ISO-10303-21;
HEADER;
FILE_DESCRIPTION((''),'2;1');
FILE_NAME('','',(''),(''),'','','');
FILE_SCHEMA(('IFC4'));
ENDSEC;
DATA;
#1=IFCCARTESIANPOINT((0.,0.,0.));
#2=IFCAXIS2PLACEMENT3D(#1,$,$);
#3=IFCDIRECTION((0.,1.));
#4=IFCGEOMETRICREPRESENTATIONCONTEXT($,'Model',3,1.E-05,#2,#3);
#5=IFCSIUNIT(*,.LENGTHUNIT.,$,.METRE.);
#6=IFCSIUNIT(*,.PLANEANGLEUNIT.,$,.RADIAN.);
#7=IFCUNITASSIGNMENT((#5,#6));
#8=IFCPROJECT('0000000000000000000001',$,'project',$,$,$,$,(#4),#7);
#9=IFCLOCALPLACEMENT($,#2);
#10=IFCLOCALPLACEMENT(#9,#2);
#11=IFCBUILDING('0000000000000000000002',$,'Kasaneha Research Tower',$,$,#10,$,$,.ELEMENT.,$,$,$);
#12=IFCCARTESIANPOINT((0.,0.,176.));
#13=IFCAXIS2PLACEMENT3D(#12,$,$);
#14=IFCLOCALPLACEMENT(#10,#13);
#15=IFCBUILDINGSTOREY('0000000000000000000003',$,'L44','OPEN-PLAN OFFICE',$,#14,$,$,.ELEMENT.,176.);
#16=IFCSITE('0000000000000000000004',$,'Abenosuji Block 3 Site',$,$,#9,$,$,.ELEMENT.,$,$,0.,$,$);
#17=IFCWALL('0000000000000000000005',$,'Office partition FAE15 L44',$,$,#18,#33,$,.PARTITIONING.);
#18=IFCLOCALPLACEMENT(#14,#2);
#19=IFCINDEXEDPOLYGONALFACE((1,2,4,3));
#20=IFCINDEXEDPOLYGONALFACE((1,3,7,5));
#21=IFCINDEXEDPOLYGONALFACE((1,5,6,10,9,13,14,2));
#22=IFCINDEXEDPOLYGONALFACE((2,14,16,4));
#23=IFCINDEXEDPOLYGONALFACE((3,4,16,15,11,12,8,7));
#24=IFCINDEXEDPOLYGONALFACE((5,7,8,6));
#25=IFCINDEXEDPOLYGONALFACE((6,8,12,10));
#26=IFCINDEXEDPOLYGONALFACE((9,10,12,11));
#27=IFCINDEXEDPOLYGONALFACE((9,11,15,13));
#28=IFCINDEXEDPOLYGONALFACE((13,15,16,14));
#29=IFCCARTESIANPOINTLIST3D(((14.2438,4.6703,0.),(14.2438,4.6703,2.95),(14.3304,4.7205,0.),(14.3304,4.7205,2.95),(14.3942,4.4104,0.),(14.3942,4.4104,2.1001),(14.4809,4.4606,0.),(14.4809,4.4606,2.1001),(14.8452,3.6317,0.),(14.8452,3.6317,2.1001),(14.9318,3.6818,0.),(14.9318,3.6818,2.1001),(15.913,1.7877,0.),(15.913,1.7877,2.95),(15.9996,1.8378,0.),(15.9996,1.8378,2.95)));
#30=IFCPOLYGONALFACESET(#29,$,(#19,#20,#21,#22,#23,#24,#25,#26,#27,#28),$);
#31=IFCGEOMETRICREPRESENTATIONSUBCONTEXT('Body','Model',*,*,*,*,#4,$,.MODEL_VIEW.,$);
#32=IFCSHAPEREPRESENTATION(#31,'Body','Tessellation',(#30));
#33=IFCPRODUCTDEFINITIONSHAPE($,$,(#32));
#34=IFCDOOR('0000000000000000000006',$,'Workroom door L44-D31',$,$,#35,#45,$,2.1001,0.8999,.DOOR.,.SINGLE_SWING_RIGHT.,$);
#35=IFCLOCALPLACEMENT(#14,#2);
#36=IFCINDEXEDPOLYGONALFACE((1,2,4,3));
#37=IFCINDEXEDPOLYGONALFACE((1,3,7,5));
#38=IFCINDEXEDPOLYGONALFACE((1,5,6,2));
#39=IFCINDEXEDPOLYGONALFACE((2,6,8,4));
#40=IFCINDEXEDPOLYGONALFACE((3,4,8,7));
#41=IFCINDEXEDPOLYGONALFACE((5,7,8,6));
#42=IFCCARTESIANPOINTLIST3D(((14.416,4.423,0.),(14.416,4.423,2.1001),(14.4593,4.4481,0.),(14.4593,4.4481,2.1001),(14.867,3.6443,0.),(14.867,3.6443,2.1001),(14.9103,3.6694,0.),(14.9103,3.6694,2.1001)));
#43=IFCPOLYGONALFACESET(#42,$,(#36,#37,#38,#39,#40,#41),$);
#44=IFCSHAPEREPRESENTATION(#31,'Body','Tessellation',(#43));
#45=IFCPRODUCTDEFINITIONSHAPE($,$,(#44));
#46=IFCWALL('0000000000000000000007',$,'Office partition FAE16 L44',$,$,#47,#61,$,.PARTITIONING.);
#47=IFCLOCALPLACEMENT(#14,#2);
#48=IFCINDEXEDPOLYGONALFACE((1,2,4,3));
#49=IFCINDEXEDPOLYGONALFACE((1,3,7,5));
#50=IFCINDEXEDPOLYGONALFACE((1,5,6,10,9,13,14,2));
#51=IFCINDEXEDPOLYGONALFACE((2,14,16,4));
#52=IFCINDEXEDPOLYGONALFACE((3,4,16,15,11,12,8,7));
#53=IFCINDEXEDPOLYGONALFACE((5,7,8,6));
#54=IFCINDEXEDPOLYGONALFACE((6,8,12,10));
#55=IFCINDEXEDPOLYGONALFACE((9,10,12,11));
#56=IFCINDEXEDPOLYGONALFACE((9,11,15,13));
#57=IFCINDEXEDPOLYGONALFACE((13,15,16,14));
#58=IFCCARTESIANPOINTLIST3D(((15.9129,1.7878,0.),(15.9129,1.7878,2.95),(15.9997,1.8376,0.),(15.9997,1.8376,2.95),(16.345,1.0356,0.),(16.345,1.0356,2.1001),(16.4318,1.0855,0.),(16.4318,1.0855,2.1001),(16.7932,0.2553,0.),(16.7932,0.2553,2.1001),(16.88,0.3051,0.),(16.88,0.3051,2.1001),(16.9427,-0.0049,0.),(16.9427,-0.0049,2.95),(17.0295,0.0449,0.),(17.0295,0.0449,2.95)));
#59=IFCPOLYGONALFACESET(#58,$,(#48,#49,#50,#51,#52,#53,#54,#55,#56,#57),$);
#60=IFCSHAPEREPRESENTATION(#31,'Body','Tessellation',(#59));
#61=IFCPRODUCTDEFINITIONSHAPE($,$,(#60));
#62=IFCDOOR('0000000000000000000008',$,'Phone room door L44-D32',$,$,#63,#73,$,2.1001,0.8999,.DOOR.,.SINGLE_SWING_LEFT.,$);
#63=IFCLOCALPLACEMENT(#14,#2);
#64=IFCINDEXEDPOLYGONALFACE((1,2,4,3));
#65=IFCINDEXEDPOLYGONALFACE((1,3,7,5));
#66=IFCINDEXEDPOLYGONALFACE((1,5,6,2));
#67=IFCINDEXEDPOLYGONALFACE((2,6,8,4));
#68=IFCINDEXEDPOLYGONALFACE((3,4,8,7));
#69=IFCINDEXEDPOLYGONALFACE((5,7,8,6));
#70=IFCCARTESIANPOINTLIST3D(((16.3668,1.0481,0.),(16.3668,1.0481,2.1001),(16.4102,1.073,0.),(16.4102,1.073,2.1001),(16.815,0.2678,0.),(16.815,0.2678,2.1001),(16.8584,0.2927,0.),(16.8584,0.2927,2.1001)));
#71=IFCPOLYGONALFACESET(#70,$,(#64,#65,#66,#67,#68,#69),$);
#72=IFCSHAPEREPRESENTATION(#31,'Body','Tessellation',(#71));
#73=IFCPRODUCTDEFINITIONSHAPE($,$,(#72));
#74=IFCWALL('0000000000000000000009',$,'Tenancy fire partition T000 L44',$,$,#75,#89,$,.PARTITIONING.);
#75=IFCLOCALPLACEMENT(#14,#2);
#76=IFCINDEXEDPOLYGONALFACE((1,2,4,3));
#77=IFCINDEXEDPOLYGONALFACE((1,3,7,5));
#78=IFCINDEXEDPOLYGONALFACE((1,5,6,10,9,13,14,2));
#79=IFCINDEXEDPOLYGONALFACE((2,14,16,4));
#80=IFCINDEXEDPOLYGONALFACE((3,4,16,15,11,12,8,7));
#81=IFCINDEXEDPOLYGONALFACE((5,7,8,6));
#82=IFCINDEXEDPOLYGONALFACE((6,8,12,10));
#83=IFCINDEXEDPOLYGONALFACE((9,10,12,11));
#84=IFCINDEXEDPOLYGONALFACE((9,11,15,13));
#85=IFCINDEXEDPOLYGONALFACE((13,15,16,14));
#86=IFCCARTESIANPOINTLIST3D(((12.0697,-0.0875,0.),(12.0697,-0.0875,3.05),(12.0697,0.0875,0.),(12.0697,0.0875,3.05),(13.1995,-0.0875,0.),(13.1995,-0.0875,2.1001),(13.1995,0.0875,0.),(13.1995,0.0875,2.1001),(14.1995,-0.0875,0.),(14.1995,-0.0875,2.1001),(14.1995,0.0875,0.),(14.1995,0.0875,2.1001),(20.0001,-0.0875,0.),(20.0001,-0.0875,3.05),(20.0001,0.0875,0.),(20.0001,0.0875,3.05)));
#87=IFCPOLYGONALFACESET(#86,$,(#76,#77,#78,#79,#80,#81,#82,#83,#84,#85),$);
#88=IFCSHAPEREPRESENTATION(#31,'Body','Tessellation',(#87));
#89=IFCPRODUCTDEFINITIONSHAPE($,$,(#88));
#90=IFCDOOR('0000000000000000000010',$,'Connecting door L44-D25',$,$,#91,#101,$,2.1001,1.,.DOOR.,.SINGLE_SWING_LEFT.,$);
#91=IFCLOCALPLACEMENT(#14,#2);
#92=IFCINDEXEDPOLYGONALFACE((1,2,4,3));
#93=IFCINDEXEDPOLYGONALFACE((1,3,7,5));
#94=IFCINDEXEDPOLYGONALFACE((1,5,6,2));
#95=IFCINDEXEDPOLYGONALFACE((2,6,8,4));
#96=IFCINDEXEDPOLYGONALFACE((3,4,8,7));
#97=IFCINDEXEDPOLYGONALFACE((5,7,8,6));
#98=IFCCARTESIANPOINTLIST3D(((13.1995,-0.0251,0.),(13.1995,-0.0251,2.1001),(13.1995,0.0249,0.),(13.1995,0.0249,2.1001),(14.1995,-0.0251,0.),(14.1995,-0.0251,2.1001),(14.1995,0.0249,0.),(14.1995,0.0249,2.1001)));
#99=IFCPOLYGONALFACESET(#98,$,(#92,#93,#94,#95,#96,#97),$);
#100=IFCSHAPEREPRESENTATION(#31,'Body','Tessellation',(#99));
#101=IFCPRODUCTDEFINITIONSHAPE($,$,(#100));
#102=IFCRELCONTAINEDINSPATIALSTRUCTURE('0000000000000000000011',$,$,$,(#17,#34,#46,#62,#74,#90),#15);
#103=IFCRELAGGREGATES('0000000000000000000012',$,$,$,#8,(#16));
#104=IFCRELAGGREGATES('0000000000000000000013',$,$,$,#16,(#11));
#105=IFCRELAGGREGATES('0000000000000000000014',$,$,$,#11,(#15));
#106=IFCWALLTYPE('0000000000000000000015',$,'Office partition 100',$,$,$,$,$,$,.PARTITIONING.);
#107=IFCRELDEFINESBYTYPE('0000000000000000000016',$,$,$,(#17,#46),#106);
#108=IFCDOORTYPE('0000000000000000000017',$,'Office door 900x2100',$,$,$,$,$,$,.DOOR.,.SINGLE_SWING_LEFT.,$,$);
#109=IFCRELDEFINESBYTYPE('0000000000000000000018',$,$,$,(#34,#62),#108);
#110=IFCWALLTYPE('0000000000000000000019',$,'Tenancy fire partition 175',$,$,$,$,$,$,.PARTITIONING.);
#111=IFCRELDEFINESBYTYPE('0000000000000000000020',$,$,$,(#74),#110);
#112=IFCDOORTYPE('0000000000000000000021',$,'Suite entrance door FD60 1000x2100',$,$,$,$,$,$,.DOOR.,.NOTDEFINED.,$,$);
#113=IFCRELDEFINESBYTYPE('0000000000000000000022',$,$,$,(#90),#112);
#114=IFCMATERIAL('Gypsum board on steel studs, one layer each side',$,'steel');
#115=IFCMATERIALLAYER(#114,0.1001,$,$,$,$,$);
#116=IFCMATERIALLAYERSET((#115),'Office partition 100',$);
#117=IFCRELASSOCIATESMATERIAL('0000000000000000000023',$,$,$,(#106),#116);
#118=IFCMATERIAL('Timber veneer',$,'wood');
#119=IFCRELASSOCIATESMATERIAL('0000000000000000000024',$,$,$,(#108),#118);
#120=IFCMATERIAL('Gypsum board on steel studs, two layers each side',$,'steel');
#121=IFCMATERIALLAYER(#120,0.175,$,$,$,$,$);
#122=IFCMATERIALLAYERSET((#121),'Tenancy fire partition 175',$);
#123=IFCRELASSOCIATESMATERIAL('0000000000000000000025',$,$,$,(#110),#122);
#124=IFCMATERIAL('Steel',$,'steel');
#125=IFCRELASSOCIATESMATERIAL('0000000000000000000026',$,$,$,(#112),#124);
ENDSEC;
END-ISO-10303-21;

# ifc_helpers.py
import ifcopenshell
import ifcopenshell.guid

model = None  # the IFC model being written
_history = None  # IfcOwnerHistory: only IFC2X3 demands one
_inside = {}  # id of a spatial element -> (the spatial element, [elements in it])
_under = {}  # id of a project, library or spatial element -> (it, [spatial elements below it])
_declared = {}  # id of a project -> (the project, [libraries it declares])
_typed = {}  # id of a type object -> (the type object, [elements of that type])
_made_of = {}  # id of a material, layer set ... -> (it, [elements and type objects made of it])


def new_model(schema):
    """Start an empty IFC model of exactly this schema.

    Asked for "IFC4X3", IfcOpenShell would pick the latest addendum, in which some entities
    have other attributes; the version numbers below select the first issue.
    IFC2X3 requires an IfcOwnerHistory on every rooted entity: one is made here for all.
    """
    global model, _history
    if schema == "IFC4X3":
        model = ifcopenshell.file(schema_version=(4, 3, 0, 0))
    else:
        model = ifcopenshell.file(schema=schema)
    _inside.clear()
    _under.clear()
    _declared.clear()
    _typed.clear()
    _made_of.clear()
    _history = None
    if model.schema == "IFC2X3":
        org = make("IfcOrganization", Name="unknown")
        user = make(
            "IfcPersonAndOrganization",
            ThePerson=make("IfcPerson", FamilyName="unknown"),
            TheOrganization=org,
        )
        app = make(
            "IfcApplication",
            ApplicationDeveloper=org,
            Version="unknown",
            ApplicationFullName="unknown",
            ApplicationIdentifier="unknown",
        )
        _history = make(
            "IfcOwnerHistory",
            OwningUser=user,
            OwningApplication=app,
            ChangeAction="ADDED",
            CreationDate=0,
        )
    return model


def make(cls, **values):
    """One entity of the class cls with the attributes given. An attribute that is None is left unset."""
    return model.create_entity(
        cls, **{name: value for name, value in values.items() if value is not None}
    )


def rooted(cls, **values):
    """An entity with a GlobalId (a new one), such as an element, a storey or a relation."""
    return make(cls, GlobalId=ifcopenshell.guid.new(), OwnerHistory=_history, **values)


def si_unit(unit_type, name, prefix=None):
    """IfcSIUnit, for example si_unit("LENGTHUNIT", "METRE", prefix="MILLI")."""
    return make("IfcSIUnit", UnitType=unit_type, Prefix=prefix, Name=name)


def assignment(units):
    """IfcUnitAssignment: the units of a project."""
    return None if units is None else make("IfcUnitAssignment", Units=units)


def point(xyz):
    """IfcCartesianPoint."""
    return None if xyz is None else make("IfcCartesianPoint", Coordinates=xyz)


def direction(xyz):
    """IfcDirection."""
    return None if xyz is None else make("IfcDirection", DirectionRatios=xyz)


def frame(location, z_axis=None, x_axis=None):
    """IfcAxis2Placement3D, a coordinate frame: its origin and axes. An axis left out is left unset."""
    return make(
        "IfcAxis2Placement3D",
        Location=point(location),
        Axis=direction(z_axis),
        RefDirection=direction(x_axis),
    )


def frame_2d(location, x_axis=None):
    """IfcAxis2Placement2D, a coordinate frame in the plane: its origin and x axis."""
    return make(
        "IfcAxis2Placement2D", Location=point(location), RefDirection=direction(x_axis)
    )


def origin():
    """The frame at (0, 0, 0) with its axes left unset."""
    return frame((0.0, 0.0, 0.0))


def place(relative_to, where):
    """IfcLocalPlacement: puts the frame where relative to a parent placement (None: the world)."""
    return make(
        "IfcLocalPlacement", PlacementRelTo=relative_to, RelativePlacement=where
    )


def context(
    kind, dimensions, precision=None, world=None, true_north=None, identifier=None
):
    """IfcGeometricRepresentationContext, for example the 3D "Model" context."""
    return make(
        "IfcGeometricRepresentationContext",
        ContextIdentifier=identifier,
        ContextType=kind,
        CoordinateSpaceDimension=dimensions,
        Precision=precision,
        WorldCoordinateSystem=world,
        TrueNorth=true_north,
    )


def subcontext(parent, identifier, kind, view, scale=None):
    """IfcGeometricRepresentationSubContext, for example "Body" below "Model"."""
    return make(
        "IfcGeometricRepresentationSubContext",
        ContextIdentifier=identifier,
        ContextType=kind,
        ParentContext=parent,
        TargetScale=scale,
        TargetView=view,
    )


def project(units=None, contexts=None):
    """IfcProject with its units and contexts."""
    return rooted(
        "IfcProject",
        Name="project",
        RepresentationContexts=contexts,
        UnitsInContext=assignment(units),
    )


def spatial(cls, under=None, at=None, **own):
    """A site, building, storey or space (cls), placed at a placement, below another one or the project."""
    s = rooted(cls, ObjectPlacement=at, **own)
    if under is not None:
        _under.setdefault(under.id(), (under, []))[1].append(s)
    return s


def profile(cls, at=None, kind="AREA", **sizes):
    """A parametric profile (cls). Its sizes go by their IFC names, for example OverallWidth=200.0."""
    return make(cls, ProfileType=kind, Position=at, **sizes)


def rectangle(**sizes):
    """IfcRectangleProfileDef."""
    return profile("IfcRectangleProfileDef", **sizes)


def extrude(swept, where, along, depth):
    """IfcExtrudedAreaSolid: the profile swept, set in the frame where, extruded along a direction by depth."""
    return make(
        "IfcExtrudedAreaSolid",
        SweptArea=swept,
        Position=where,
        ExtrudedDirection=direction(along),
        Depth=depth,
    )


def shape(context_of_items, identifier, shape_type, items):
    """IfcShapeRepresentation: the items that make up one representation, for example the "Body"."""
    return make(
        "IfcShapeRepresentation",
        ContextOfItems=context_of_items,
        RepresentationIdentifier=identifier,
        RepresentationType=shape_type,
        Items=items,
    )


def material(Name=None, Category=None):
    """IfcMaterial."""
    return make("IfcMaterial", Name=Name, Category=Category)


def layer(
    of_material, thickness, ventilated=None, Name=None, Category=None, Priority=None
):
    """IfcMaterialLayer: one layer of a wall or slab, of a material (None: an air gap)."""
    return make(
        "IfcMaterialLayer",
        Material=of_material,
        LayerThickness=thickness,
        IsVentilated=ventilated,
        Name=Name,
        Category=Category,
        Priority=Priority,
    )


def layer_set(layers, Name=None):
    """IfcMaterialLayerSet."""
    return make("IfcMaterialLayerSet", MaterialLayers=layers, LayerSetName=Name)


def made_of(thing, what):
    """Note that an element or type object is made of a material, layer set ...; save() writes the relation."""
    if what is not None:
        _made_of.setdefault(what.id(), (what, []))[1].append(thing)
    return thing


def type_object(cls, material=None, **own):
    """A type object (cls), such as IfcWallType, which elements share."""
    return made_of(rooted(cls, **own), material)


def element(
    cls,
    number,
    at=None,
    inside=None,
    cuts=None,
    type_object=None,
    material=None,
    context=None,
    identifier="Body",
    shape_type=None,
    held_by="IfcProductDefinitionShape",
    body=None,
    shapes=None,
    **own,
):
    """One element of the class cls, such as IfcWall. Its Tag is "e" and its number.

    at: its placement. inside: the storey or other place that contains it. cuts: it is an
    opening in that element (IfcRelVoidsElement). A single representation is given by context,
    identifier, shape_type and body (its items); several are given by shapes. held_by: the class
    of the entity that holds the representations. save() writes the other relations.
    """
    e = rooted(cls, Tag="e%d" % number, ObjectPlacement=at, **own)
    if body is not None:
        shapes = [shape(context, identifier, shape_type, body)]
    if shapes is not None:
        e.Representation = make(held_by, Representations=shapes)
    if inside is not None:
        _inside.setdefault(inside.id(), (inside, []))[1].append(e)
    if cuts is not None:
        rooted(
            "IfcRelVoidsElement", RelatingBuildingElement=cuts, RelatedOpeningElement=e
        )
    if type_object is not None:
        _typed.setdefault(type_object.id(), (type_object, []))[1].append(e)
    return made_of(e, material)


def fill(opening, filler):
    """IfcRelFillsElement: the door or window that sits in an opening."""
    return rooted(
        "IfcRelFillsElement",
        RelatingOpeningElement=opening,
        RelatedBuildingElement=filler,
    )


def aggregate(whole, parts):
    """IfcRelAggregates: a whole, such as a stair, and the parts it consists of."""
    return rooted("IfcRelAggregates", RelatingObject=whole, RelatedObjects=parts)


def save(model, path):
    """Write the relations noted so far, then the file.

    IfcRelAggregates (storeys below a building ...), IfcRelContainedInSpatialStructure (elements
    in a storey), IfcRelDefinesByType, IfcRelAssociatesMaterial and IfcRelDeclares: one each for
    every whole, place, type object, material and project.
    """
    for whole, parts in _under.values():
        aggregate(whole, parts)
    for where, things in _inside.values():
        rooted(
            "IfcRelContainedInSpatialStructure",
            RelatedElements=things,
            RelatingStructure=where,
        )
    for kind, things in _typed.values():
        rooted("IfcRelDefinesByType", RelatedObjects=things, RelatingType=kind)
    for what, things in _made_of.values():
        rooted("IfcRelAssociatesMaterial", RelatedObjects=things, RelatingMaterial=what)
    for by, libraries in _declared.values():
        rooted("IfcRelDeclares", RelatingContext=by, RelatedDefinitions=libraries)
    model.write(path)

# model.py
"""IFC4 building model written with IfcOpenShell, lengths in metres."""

from ifc_helpers import new_model, si_unit, direction, frame, frame_2d, origin, place, context, subcontext, project, spatial, rectangle, extrude, material, layer, layer_set, type_object, element, fill, save


model = new_model("IFC4")

# Units and contexts
model_context = context("Model", 3, precision=1e-05, world=origin(), true_north=direction((0.0, 1.0)))
body_context = subcontext(model_context, "Body", "Model", "MODEL_VIEW")
ifc_project = project(units=[si_unit("LENGTHUNIT", "METRE"), si_unit("PLANEANGLEUNIT", "RADIAN")], contexts=[model_context])

# Site, building, storey
site_placement = place(None, origin())
site = spatial("IfcSite", under=ifc_project, at=site_placement, Name="Abenosuji Block 3 Site", CompositionType="ELEMENT", RefElevation=0.0)
building_placement = place(site_placement, origin())
building = spatial("IfcBuilding", under=site, at=building_placement, Name="Kasaneha Research Tower", CompositionType="ELEMENT")
storey_placement = place(building_placement, frame((0.0, 0.0, 176.0)))
storey = spatial("IfcBuildingStorey", under=building, at=storey_placement, Name="L44", Description="OPEN-PLAN OFFICE", CompositionType="ELEMENT", Elevation=176.0)

# Shared definitions
ifc_material_1 = material(Name="Gypsum board on steel studs, one layer each side", Category="steel")
ifc_layer_1 = layer(ifc_material_1, 0.1001)
ifc_layer_set_1 = layer_set([ifc_layer_1], Name="Office partition 100")
wall_type_1 = type_object("IfcWallType", Name="Office partition 100", PredefinedType="PARTITIONING", material=ifc_layer_set_1)

# Walls, openings, doors
wall_1_placement = place(storey_placement, frame((15.9563, 1.8127, 0.0), z_axis=(0.0, 0.0, 1.0), x_axis=(-0.501111, 0.865383, 0.0)))
wall_1 = element("IfcWall", 1, at=wall_1_placement, inside=storey, type_object=wall_type_1, Name="Office partition FAE15 L44", PredefinedType="PARTITIONING", context=body_context, shape_type="SweptSolid", body=[
    extrude(rectangle(XDim=3.3311, YDim=0.1001, at=frame_2d((1.6655, 0.0))), origin(), (0.0, 0.0, 1.0), 2.95),
])
opening_1_placement = place(wall_1_placement, frame((2.1309, 0.0, 0.0)))
opening_1 = element("IfcOpeningElement", 2, at=opening_1_placement, cuts=wall_1, PredefinedType="OPENING", context=body_context, shape_type="SweptSolid", body=[
    extrude(rectangle(XDim=0.8999, YDim=2.1001, at=frame_2d((0.45, 1.05))), frame((0.0, 0.0601, 0.0), z_axis=(0.0, -1.0, 0.0), x_axis=(1.0, 0.0, 0.0)), (0.0, 0.0, 1.0), 0.1201),
])
ifc_material_2 = material(Name="Timber veneer", Category="wood")
door_type_1 = type_object("IfcDoorType", Name="Office door 900x2100", OperationType="SINGLE_SWING_LEFT", PredefinedType="DOOR", material=ifc_material_2)
door_1_placement = place(opening_1_placement, origin())
door_1 = element("IfcDoor", 3, at=door_1_placement, inside=storey, type_object=door_type_1, Name="Workroom door L44-D31", OperationType="SINGLE_SWING_RIGHT", OverallHeight=2.1001, OverallWidth=0.8999, PredefinedType="DOOR", context=body_context, shape_type="SweptSolid", body=[
    extrude(rectangle(XDim=0.8999, YDim=2.1001, at=frame_2d((0.45, 1.05))), frame((0.0, 0.0249, 0.0), z_axis=(0.0, -1.0, 0.0), x_axis=(1.0, 0.0, 0.0)), (0.0, 0.0, 1.0), 0.05),
])
fill(opening_1, door_1)
wall_2_placement = place(storey_placement, frame((16.9861, 0.02, 0.0), z_axis=(0.0, 0.0, 1.0), x_axis=(-0.498096, 0.867122, 0.0)))
wall_2 = element("IfcWall", 4, at=wall_2_placement, inside=storey, type_object=wall_type_1, Name="Office partition FAE16 L44", PredefinedType="PARTITIONING", context=body_context, shape_type="SweptSolid", body=[
    extrude(rectangle(XDim=2.0674, YDim=0.1001, at=frame_2d((1.0337, 0.0))), origin(), (0.0, 0.0, 1.0), 2.95),
])
opening_2_placement = place(wall_2_placement, frame((0.3, 0.0, 0.0)))
opening_2 = element("IfcOpeningElement", 5, at=opening_2_placement, cuts=wall_2, PredefinedType="OPENING", context=body_context, shape_type="SweptSolid", body=[
    extrude(rectangle(XDim=0.8999, YDim=2.1001, at=frame_2d((0.45, 1.05))), frame((0.0, 0.0601, 0.0), z_axis=(0.0, -1.0, 0.0), x_axis=(1.0, 0.0, 0.0)), (0.0, 0.0, 1.0), 0.1201),
])
door_2_placement = place(opening_2_placement, origin())
door_2 = element("IfcDoor", 6, at=door_2_placement, inside=storey, type_object=door_type_1, Name="Phone room door L44-D32", OperationType="SINGLE_SWING_LEFT", OverallHeight=2.1001, OverallWidth=0.8999, PredefinedType="DOOR", context=body_context, shape_type="SweptSolid", body=[
    extrude(rectangle(XDim=0.8999, YDim=2.1001, at=frame_2d((0.45, 1.05))), frame((0.0, 0.0249, 0.0), z_axis=(0.0, -1.0, 0.0), x_axis=(1.0, 0.0, 0.0)), (0.0, 0.0, 1.0), 0.05),
])
fill(opening_2, door_2)
ifc_material_3 = material(Name="Gypsum board on steel studs, two layers each side", Category="steel")
ifc_layer_2 = layer(ifc_material_3, 0.175)
ifc_layer_set_2 = layer_set([ifc_layer_2], Name="Tenancy fire partition 175")
wall_type_2 = type_object("IfcWallType", Name="Tenancy fire partition 175", PredefinedType="PARTITIONING", material=ifc_layer_set_2)
wall_3_placement = place(storey_placement, frame((12.0696, 0.0, 0.0), z_axis=(0.0, 0.0, 1.0), x_axis=(1.0, 0.0, 0.0)))
wall_3 = element("IfcWall", 7, at=wall_3_placement, inside=storey, type_object=wall_type_2, Name="Tenancy fire partition T000 L44", PredefinedType="PARTITIONING", context=body_context, shape_type="SweptSolid", body=[
    extrude(rectangle(XDim=7.9304, YDim=0.175, at=frame_2d((3.9653, 0.0))), origin(), (0.0, 0.0, 1.0), 3.05),
])
opening_3_placement = place(wall_3_placement, frame((1.1299, 0.0, 0.0)))
opening_3 = element("IfcOpeningElement", 8, at=opening_3_placement, cuts=wall_3, PredefinedType="OPENING", context=body_context, shape_type="SweptSolid", body=[
    extrude(rectangle(XDim=1.0, YDim=2.1001, at=frame_2d((0.5, 1.05))), frame((0.0, 0.0977, 0.0), z_axis=(0.0, -1.0, 0.0), x_axis=(1.0, 0.0, 0.0)), (0.0, 0.0, 1.0), 0.1951),
])
ifc_material_4 = material(Name="Steel", Category="steel")
door_type_2 = type_object("IfcDoorType", Name="Suite entrance door FD60 1000x2100", OperationType="NOTDEFINED", PredefinedType="DOOR", material=ifc_material_4)
door_3_placement = place(opening_3_placement, origin())
door_3 = element("IfcDoor", 9, at=door_3_placement, inside=storey, type_object=door_type_2, Name="Connecting door L44-D25", OperationType="SINGLE_SWING_LEFT", OverallHeight=2.1001, OverallWidth=1.0, PredefinedType="DOOR", context=body_context, shape_type="SweptSolid", body=[
    extrude(rectangle(XDim=1.0, YDim=2.1001, at=frame_2d((0.5, 1.05))), frame((0.0, 0.0249, 0.0), z_axis=(0.0, -1.0, 0.0), x_axis=(1.0, 0.0, 0.0)), (0.0, 0.0, 1.0), 0.05),
])
fill(opening_3, door_3)

save(model, "model.ifc")
